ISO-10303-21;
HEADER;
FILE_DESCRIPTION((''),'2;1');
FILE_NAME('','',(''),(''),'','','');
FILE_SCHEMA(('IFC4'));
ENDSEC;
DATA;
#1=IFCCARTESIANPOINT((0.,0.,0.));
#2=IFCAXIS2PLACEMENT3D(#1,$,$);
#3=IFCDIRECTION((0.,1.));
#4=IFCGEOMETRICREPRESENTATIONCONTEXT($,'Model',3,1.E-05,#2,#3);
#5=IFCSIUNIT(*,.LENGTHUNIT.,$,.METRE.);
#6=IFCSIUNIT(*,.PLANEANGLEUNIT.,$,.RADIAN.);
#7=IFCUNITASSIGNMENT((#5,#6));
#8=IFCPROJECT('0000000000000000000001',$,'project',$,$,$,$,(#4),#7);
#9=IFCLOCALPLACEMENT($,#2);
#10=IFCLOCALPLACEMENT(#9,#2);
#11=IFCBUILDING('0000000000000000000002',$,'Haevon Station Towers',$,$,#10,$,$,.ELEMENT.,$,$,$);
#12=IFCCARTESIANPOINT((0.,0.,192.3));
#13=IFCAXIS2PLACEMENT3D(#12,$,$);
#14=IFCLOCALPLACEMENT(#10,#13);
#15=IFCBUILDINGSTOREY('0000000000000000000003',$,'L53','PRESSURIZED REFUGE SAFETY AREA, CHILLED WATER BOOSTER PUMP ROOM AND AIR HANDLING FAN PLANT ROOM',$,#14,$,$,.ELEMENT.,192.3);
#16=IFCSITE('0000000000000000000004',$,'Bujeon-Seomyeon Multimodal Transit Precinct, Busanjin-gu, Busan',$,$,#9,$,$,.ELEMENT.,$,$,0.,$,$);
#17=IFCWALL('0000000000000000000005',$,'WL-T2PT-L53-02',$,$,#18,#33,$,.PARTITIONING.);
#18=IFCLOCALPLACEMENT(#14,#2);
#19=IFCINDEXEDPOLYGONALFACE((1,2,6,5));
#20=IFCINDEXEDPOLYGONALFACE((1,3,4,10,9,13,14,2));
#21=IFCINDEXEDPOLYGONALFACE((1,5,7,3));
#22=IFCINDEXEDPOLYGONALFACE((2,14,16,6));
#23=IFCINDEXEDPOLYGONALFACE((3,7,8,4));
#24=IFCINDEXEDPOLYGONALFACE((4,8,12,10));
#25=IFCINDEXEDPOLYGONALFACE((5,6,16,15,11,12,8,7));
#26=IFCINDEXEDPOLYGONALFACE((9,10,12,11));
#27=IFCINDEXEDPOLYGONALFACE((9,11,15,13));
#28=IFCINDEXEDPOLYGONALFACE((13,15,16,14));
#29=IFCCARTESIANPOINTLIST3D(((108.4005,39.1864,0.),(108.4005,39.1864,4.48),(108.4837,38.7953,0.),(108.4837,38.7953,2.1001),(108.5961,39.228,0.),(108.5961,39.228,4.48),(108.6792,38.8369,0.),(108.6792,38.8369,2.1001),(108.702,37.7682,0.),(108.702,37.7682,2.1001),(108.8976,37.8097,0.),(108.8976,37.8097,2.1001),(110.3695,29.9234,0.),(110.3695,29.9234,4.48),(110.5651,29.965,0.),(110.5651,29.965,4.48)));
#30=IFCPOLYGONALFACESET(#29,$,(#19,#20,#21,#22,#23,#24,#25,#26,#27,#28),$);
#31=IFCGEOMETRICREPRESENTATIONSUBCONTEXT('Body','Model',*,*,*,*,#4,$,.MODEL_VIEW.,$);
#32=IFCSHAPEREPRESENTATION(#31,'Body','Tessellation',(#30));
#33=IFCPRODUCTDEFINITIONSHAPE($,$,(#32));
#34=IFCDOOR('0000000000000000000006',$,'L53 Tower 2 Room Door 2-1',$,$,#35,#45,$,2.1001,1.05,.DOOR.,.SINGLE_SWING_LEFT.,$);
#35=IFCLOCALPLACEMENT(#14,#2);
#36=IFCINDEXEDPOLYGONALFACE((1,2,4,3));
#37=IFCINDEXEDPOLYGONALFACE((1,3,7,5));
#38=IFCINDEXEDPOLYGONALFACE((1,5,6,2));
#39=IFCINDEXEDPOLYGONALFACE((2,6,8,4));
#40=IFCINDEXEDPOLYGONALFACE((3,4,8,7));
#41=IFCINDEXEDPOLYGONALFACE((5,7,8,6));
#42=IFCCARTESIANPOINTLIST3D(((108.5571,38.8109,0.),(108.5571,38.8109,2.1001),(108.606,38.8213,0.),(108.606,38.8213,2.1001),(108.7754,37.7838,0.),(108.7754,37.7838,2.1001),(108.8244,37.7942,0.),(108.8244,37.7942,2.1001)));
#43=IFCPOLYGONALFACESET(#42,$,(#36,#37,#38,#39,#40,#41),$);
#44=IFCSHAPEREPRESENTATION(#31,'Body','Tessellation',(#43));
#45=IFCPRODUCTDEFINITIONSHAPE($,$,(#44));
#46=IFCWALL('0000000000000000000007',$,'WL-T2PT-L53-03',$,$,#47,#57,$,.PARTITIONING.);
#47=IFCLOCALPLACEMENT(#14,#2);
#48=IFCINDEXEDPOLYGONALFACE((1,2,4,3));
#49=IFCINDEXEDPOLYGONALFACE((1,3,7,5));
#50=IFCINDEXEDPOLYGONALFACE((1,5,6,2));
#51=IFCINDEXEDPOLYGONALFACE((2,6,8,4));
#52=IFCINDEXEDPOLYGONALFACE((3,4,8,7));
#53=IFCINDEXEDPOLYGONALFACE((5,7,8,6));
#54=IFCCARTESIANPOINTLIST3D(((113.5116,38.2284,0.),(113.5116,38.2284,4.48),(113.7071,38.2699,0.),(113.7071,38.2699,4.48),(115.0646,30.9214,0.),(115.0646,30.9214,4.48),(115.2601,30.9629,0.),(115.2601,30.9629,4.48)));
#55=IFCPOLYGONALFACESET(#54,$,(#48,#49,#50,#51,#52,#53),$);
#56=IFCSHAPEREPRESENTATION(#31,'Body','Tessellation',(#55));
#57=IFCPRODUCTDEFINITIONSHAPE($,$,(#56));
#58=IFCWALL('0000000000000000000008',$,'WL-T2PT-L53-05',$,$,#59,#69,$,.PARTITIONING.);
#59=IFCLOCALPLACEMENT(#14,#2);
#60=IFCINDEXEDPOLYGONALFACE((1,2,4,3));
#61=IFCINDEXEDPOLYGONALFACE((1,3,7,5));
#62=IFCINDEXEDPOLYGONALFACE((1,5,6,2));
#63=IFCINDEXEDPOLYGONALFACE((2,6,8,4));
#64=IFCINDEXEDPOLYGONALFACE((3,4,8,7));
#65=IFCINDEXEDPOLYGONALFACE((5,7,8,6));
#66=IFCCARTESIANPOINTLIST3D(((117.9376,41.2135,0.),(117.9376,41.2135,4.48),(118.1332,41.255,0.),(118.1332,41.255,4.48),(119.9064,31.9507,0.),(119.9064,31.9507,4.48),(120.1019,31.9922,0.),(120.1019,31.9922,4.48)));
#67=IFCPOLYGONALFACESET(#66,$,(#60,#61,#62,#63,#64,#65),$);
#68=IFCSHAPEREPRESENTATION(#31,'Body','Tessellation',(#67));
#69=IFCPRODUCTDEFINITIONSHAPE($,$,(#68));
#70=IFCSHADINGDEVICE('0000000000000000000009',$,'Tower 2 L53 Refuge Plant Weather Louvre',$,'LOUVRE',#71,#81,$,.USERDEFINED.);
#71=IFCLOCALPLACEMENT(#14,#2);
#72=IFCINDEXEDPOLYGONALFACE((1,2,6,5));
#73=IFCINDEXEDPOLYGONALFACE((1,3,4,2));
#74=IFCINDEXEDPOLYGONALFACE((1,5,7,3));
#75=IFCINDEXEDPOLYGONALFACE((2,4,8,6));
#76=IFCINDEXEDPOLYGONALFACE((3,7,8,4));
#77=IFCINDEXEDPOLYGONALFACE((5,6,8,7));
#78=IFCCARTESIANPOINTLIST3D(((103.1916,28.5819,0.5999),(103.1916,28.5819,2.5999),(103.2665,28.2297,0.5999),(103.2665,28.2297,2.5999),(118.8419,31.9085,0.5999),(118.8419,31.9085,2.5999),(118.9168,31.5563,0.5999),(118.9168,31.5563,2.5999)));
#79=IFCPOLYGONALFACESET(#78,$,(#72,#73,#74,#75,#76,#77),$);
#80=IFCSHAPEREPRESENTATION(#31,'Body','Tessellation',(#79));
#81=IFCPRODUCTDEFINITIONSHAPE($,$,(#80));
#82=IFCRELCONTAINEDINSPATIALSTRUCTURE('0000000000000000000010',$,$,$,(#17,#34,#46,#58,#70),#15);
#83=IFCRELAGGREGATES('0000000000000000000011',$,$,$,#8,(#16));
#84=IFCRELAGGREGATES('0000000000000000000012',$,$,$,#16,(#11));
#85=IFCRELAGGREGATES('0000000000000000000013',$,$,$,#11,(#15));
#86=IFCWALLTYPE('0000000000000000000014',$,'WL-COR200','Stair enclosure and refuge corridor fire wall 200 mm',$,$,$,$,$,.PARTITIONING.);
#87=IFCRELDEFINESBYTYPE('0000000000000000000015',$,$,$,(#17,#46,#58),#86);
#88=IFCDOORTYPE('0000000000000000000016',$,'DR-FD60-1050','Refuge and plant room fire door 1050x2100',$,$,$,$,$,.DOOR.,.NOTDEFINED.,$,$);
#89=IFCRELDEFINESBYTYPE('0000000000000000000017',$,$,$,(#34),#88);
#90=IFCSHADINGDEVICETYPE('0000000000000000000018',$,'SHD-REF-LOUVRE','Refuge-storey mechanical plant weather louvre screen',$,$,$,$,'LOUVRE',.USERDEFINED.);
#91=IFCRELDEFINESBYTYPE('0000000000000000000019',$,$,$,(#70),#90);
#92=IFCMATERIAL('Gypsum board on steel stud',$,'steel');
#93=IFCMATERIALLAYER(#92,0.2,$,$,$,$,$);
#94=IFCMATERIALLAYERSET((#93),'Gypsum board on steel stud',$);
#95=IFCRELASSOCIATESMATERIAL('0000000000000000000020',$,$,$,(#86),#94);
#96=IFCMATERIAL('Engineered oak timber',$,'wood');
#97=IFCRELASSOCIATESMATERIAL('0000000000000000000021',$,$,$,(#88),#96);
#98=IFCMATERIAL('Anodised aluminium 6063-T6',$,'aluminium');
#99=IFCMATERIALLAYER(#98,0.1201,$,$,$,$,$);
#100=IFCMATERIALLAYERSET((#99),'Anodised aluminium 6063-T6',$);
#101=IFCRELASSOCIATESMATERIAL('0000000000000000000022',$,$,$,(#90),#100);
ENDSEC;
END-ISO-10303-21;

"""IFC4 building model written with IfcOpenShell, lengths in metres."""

from ifc_helpers import new_model, si_unit, direction, frame, frame_2d, origin, origin_2d, place, context, subcontext, project, spatial, rectangle, extrude, material, layer, layer_set, type_object, element, fill, save


model = new_model("IFC4")

# Units and contexts
model_context = context("Model", 3, precision=1e-05, world=origin(), true_north=direction((0.0, 1.0)))
body_context = subcontext(model_context, "Body", "Model", "MODEL_VIEW")
ifc_project = project(units=[si_unit("LENGTHUNIT", "METRE"), si_unit("PLANEANGLEUNIT", "RADIAN")], contexts=[model_context])

# Site, building, storey
site_placement = place(None, origin())
site = spatial("IfcSite", under=ifc_project, at=site_placement, Name="Bujeon-Seomyeon Multimodal Transit Precinct, Busanjin-gu, Busan", CompositionType="ELEMENT", RefElevation=0.0)
building_placement = place(site_placement, origin())
building = spatial("IfcBuilding", under=site, at=building_placement, Name="Haevon Station Towers", CompositionType="ELEMENT")
storey_placement = place(building_placement, frame((0.0, 0.0, 192.3)))
storey = spatial("IfcBuildingStorey", under=building, at=storey_placement, Name="L53", Description="PRESSURIZED REFUGE SAFETY AREA, CHILLED WATER BOOSTER PUMP ROOM AND AIR HANDLING FAN PLANT ROOM", CompositionType="ELEMENT", Elevation=192.3)

# Shared definitions
ifc_material_1 = material(Name="Gypsum board on steel stud", Category="steel")
ifc_layer_1 = layer(ifc_material_1, 0.2)
ifc_layer_set_1 = layer_set([ifc_layer_1], Name="Gypsum board on steel stud")
wall_type = type_object("IfcWallType", Name="WL-COR200", Description="Stair enclosure and refuge corridor fire wall 200 mm", PredefinedType="PARTITIONING", material=ifc_layer_set_1)

# Wall, opening, door
wall_1_placement = place(storey_placement, frame((110.4673, 29.9443, 0.0), z_axis=(0.0, 0.0, 1.0), x_axis=(-0.207921, 0.978146, 0.0)))
wall_1 = element("IfcWall", 1, at=wall_1_placement, inside=storey, type_object=wall_type, Name="WL-T2PT-L53-02", PredefinedType="PARTITIONING", context=body_context, shape_type="SweptSolid", body=[
    extrude(rectangle(XDim=9.47, YDim=0.2, at=frame_2d((4.7349, 0.0))), origin(), (0.0, 0.0, 1.0), 4.48),
])
opening_placement = place(wall_1_placement, frame((8.02, 0.0, 0.0)))
opening = element("IfcOpeningElement", 2, at=opening_placement, cuts=wall_1, PredefinedType="OPENING", context=body_context, shape_type="SweptSolid", body=[
    extrude(rectangle(XDim=1.05, YDim=2.1001, at=frame_2d((0.5249, 1.05))), frame((0.0, 0.1099, 0.0), z_axis=(0.0, -1.0, 0.0), x_axis=(1.0, 0.0, 0.0)), (0.0, 0.0, 1.0), 0.22),
])
ifc_material_2 = material(Name="Engineered oak timber", Category="wood")
door_type = type_object("IfcDoorType", Name="DR-FD60-1050", Description="Refuge and plant room fire door 1050x2100", OperationType="NOTDEFINED", PredefinedType="DOOR", material=ifc_material_2)
door_placement = place(opening_placement, origin())
door = element("IfcDoor", 3, at=door_placement, inside=storey, type_object=door_type, Name="L53 Tower 2 Room Door 2-1", OperationType="SINGLE_SWING_LEFT", OverallHeight=2.1001, OverallWidth=1.05, PredefinedType="DOOR", context=body_context, shape_type="SweptSolid", body=[
    extrude(rectangle(XDim=1.05, YDim=2.1001, at=frame_2d((0.5249, 1.05))), frame((0.0, 0.0249, 0.0), z_axis=(0.0, -1.0, 0.0), x_axis=(1.0, 0.0, 0.0)), (0.0, 0.0, 1.0), 0.05),
])
fill(opening, door)

# Walls
wall_2_placement = place(storey_placement, frame((115.1624, 30.9421, 0.0), z_axis=(0.0, 0.0, 1.0), x_axis=(-0.207893, 0.978152, 0.0)))
element("IfcWall", 4, at=wall_2_placement, inside=storey, type_object=wall_type, Name="WL-T2PT-L53-03", PredefinedType="PARTITIONING", context=body_context, shape_type="SweptSolid", body=[
    extrude(rectangle(XDim=7.4702, YDim=0.2, at=frame_2d((3.7351, 0.0))), origin(), (0.0, 0.0, 1.0), 4.48),
])
wall_3_placement = place(storey_placement, frame((120.0042, 31.9714, 0.0), z_axis=(0.0, 0.0, 1.0), x_axis=(-0.207897, 0.978151, 0.0)))
element("IfcWall", 5, at=wall_3_placement, inside=storey, type_object=wall_type, Name="WL-T2PT-L53-05", PredefinedType="PARTITIONING", context=body_context, shape_type="SweptSolid", body=[
    extrude(rectangle(XDim=9.4697, YDim=0.2, at=frame_2d((4.7349, 0.0))), origin(), (0.0, 0.0, 1.0), 4.48),
])

# Shading device
ifc_material_3 = material(Name="Anodised aluminium 6063-T6", Category="aluminium")
ifc_layer_2 = layer(ifc_material_3, 0.1201)
ifc_layer_set_2 = layer_set([ifc_layer_2], Name="Anodised aluminium 6063-T6")
shading_device_type = type_object("IfcShadingDeviceType", Name="SHD-REF-LOUVRE", Description="Refuge-storey mechanical plant weather louvre screen", ElementType="LOUVRE", PredefinedType="USERDEFINED", material=ifc_layer_set_2)
shading_device_placement = place(storey_placement, frame((111.0542, 30.0691, 0.5999), z_axis=(0.0, 0.0, 1.0), x_axis=(0.978148, 0.207912, 0.0)))
element("IfcShadingDevice", 6, at=shading_device_placement, inside=storey, type_object=shading_device_type, Name="Tower 2 L53 Refuge Plant Weather Louvre", ObjectType="LOUVRE", PredefinedType="USERDEFINED", context=body_context, shape_type="SweptSolid", body=[
    extrude(rectangle(XDim=16.0, YDim=0.3601, at=origin_2d()), origin(), (0.0, 0.0, 1.0), 2.0),
])

save(model, "model.ifc")
